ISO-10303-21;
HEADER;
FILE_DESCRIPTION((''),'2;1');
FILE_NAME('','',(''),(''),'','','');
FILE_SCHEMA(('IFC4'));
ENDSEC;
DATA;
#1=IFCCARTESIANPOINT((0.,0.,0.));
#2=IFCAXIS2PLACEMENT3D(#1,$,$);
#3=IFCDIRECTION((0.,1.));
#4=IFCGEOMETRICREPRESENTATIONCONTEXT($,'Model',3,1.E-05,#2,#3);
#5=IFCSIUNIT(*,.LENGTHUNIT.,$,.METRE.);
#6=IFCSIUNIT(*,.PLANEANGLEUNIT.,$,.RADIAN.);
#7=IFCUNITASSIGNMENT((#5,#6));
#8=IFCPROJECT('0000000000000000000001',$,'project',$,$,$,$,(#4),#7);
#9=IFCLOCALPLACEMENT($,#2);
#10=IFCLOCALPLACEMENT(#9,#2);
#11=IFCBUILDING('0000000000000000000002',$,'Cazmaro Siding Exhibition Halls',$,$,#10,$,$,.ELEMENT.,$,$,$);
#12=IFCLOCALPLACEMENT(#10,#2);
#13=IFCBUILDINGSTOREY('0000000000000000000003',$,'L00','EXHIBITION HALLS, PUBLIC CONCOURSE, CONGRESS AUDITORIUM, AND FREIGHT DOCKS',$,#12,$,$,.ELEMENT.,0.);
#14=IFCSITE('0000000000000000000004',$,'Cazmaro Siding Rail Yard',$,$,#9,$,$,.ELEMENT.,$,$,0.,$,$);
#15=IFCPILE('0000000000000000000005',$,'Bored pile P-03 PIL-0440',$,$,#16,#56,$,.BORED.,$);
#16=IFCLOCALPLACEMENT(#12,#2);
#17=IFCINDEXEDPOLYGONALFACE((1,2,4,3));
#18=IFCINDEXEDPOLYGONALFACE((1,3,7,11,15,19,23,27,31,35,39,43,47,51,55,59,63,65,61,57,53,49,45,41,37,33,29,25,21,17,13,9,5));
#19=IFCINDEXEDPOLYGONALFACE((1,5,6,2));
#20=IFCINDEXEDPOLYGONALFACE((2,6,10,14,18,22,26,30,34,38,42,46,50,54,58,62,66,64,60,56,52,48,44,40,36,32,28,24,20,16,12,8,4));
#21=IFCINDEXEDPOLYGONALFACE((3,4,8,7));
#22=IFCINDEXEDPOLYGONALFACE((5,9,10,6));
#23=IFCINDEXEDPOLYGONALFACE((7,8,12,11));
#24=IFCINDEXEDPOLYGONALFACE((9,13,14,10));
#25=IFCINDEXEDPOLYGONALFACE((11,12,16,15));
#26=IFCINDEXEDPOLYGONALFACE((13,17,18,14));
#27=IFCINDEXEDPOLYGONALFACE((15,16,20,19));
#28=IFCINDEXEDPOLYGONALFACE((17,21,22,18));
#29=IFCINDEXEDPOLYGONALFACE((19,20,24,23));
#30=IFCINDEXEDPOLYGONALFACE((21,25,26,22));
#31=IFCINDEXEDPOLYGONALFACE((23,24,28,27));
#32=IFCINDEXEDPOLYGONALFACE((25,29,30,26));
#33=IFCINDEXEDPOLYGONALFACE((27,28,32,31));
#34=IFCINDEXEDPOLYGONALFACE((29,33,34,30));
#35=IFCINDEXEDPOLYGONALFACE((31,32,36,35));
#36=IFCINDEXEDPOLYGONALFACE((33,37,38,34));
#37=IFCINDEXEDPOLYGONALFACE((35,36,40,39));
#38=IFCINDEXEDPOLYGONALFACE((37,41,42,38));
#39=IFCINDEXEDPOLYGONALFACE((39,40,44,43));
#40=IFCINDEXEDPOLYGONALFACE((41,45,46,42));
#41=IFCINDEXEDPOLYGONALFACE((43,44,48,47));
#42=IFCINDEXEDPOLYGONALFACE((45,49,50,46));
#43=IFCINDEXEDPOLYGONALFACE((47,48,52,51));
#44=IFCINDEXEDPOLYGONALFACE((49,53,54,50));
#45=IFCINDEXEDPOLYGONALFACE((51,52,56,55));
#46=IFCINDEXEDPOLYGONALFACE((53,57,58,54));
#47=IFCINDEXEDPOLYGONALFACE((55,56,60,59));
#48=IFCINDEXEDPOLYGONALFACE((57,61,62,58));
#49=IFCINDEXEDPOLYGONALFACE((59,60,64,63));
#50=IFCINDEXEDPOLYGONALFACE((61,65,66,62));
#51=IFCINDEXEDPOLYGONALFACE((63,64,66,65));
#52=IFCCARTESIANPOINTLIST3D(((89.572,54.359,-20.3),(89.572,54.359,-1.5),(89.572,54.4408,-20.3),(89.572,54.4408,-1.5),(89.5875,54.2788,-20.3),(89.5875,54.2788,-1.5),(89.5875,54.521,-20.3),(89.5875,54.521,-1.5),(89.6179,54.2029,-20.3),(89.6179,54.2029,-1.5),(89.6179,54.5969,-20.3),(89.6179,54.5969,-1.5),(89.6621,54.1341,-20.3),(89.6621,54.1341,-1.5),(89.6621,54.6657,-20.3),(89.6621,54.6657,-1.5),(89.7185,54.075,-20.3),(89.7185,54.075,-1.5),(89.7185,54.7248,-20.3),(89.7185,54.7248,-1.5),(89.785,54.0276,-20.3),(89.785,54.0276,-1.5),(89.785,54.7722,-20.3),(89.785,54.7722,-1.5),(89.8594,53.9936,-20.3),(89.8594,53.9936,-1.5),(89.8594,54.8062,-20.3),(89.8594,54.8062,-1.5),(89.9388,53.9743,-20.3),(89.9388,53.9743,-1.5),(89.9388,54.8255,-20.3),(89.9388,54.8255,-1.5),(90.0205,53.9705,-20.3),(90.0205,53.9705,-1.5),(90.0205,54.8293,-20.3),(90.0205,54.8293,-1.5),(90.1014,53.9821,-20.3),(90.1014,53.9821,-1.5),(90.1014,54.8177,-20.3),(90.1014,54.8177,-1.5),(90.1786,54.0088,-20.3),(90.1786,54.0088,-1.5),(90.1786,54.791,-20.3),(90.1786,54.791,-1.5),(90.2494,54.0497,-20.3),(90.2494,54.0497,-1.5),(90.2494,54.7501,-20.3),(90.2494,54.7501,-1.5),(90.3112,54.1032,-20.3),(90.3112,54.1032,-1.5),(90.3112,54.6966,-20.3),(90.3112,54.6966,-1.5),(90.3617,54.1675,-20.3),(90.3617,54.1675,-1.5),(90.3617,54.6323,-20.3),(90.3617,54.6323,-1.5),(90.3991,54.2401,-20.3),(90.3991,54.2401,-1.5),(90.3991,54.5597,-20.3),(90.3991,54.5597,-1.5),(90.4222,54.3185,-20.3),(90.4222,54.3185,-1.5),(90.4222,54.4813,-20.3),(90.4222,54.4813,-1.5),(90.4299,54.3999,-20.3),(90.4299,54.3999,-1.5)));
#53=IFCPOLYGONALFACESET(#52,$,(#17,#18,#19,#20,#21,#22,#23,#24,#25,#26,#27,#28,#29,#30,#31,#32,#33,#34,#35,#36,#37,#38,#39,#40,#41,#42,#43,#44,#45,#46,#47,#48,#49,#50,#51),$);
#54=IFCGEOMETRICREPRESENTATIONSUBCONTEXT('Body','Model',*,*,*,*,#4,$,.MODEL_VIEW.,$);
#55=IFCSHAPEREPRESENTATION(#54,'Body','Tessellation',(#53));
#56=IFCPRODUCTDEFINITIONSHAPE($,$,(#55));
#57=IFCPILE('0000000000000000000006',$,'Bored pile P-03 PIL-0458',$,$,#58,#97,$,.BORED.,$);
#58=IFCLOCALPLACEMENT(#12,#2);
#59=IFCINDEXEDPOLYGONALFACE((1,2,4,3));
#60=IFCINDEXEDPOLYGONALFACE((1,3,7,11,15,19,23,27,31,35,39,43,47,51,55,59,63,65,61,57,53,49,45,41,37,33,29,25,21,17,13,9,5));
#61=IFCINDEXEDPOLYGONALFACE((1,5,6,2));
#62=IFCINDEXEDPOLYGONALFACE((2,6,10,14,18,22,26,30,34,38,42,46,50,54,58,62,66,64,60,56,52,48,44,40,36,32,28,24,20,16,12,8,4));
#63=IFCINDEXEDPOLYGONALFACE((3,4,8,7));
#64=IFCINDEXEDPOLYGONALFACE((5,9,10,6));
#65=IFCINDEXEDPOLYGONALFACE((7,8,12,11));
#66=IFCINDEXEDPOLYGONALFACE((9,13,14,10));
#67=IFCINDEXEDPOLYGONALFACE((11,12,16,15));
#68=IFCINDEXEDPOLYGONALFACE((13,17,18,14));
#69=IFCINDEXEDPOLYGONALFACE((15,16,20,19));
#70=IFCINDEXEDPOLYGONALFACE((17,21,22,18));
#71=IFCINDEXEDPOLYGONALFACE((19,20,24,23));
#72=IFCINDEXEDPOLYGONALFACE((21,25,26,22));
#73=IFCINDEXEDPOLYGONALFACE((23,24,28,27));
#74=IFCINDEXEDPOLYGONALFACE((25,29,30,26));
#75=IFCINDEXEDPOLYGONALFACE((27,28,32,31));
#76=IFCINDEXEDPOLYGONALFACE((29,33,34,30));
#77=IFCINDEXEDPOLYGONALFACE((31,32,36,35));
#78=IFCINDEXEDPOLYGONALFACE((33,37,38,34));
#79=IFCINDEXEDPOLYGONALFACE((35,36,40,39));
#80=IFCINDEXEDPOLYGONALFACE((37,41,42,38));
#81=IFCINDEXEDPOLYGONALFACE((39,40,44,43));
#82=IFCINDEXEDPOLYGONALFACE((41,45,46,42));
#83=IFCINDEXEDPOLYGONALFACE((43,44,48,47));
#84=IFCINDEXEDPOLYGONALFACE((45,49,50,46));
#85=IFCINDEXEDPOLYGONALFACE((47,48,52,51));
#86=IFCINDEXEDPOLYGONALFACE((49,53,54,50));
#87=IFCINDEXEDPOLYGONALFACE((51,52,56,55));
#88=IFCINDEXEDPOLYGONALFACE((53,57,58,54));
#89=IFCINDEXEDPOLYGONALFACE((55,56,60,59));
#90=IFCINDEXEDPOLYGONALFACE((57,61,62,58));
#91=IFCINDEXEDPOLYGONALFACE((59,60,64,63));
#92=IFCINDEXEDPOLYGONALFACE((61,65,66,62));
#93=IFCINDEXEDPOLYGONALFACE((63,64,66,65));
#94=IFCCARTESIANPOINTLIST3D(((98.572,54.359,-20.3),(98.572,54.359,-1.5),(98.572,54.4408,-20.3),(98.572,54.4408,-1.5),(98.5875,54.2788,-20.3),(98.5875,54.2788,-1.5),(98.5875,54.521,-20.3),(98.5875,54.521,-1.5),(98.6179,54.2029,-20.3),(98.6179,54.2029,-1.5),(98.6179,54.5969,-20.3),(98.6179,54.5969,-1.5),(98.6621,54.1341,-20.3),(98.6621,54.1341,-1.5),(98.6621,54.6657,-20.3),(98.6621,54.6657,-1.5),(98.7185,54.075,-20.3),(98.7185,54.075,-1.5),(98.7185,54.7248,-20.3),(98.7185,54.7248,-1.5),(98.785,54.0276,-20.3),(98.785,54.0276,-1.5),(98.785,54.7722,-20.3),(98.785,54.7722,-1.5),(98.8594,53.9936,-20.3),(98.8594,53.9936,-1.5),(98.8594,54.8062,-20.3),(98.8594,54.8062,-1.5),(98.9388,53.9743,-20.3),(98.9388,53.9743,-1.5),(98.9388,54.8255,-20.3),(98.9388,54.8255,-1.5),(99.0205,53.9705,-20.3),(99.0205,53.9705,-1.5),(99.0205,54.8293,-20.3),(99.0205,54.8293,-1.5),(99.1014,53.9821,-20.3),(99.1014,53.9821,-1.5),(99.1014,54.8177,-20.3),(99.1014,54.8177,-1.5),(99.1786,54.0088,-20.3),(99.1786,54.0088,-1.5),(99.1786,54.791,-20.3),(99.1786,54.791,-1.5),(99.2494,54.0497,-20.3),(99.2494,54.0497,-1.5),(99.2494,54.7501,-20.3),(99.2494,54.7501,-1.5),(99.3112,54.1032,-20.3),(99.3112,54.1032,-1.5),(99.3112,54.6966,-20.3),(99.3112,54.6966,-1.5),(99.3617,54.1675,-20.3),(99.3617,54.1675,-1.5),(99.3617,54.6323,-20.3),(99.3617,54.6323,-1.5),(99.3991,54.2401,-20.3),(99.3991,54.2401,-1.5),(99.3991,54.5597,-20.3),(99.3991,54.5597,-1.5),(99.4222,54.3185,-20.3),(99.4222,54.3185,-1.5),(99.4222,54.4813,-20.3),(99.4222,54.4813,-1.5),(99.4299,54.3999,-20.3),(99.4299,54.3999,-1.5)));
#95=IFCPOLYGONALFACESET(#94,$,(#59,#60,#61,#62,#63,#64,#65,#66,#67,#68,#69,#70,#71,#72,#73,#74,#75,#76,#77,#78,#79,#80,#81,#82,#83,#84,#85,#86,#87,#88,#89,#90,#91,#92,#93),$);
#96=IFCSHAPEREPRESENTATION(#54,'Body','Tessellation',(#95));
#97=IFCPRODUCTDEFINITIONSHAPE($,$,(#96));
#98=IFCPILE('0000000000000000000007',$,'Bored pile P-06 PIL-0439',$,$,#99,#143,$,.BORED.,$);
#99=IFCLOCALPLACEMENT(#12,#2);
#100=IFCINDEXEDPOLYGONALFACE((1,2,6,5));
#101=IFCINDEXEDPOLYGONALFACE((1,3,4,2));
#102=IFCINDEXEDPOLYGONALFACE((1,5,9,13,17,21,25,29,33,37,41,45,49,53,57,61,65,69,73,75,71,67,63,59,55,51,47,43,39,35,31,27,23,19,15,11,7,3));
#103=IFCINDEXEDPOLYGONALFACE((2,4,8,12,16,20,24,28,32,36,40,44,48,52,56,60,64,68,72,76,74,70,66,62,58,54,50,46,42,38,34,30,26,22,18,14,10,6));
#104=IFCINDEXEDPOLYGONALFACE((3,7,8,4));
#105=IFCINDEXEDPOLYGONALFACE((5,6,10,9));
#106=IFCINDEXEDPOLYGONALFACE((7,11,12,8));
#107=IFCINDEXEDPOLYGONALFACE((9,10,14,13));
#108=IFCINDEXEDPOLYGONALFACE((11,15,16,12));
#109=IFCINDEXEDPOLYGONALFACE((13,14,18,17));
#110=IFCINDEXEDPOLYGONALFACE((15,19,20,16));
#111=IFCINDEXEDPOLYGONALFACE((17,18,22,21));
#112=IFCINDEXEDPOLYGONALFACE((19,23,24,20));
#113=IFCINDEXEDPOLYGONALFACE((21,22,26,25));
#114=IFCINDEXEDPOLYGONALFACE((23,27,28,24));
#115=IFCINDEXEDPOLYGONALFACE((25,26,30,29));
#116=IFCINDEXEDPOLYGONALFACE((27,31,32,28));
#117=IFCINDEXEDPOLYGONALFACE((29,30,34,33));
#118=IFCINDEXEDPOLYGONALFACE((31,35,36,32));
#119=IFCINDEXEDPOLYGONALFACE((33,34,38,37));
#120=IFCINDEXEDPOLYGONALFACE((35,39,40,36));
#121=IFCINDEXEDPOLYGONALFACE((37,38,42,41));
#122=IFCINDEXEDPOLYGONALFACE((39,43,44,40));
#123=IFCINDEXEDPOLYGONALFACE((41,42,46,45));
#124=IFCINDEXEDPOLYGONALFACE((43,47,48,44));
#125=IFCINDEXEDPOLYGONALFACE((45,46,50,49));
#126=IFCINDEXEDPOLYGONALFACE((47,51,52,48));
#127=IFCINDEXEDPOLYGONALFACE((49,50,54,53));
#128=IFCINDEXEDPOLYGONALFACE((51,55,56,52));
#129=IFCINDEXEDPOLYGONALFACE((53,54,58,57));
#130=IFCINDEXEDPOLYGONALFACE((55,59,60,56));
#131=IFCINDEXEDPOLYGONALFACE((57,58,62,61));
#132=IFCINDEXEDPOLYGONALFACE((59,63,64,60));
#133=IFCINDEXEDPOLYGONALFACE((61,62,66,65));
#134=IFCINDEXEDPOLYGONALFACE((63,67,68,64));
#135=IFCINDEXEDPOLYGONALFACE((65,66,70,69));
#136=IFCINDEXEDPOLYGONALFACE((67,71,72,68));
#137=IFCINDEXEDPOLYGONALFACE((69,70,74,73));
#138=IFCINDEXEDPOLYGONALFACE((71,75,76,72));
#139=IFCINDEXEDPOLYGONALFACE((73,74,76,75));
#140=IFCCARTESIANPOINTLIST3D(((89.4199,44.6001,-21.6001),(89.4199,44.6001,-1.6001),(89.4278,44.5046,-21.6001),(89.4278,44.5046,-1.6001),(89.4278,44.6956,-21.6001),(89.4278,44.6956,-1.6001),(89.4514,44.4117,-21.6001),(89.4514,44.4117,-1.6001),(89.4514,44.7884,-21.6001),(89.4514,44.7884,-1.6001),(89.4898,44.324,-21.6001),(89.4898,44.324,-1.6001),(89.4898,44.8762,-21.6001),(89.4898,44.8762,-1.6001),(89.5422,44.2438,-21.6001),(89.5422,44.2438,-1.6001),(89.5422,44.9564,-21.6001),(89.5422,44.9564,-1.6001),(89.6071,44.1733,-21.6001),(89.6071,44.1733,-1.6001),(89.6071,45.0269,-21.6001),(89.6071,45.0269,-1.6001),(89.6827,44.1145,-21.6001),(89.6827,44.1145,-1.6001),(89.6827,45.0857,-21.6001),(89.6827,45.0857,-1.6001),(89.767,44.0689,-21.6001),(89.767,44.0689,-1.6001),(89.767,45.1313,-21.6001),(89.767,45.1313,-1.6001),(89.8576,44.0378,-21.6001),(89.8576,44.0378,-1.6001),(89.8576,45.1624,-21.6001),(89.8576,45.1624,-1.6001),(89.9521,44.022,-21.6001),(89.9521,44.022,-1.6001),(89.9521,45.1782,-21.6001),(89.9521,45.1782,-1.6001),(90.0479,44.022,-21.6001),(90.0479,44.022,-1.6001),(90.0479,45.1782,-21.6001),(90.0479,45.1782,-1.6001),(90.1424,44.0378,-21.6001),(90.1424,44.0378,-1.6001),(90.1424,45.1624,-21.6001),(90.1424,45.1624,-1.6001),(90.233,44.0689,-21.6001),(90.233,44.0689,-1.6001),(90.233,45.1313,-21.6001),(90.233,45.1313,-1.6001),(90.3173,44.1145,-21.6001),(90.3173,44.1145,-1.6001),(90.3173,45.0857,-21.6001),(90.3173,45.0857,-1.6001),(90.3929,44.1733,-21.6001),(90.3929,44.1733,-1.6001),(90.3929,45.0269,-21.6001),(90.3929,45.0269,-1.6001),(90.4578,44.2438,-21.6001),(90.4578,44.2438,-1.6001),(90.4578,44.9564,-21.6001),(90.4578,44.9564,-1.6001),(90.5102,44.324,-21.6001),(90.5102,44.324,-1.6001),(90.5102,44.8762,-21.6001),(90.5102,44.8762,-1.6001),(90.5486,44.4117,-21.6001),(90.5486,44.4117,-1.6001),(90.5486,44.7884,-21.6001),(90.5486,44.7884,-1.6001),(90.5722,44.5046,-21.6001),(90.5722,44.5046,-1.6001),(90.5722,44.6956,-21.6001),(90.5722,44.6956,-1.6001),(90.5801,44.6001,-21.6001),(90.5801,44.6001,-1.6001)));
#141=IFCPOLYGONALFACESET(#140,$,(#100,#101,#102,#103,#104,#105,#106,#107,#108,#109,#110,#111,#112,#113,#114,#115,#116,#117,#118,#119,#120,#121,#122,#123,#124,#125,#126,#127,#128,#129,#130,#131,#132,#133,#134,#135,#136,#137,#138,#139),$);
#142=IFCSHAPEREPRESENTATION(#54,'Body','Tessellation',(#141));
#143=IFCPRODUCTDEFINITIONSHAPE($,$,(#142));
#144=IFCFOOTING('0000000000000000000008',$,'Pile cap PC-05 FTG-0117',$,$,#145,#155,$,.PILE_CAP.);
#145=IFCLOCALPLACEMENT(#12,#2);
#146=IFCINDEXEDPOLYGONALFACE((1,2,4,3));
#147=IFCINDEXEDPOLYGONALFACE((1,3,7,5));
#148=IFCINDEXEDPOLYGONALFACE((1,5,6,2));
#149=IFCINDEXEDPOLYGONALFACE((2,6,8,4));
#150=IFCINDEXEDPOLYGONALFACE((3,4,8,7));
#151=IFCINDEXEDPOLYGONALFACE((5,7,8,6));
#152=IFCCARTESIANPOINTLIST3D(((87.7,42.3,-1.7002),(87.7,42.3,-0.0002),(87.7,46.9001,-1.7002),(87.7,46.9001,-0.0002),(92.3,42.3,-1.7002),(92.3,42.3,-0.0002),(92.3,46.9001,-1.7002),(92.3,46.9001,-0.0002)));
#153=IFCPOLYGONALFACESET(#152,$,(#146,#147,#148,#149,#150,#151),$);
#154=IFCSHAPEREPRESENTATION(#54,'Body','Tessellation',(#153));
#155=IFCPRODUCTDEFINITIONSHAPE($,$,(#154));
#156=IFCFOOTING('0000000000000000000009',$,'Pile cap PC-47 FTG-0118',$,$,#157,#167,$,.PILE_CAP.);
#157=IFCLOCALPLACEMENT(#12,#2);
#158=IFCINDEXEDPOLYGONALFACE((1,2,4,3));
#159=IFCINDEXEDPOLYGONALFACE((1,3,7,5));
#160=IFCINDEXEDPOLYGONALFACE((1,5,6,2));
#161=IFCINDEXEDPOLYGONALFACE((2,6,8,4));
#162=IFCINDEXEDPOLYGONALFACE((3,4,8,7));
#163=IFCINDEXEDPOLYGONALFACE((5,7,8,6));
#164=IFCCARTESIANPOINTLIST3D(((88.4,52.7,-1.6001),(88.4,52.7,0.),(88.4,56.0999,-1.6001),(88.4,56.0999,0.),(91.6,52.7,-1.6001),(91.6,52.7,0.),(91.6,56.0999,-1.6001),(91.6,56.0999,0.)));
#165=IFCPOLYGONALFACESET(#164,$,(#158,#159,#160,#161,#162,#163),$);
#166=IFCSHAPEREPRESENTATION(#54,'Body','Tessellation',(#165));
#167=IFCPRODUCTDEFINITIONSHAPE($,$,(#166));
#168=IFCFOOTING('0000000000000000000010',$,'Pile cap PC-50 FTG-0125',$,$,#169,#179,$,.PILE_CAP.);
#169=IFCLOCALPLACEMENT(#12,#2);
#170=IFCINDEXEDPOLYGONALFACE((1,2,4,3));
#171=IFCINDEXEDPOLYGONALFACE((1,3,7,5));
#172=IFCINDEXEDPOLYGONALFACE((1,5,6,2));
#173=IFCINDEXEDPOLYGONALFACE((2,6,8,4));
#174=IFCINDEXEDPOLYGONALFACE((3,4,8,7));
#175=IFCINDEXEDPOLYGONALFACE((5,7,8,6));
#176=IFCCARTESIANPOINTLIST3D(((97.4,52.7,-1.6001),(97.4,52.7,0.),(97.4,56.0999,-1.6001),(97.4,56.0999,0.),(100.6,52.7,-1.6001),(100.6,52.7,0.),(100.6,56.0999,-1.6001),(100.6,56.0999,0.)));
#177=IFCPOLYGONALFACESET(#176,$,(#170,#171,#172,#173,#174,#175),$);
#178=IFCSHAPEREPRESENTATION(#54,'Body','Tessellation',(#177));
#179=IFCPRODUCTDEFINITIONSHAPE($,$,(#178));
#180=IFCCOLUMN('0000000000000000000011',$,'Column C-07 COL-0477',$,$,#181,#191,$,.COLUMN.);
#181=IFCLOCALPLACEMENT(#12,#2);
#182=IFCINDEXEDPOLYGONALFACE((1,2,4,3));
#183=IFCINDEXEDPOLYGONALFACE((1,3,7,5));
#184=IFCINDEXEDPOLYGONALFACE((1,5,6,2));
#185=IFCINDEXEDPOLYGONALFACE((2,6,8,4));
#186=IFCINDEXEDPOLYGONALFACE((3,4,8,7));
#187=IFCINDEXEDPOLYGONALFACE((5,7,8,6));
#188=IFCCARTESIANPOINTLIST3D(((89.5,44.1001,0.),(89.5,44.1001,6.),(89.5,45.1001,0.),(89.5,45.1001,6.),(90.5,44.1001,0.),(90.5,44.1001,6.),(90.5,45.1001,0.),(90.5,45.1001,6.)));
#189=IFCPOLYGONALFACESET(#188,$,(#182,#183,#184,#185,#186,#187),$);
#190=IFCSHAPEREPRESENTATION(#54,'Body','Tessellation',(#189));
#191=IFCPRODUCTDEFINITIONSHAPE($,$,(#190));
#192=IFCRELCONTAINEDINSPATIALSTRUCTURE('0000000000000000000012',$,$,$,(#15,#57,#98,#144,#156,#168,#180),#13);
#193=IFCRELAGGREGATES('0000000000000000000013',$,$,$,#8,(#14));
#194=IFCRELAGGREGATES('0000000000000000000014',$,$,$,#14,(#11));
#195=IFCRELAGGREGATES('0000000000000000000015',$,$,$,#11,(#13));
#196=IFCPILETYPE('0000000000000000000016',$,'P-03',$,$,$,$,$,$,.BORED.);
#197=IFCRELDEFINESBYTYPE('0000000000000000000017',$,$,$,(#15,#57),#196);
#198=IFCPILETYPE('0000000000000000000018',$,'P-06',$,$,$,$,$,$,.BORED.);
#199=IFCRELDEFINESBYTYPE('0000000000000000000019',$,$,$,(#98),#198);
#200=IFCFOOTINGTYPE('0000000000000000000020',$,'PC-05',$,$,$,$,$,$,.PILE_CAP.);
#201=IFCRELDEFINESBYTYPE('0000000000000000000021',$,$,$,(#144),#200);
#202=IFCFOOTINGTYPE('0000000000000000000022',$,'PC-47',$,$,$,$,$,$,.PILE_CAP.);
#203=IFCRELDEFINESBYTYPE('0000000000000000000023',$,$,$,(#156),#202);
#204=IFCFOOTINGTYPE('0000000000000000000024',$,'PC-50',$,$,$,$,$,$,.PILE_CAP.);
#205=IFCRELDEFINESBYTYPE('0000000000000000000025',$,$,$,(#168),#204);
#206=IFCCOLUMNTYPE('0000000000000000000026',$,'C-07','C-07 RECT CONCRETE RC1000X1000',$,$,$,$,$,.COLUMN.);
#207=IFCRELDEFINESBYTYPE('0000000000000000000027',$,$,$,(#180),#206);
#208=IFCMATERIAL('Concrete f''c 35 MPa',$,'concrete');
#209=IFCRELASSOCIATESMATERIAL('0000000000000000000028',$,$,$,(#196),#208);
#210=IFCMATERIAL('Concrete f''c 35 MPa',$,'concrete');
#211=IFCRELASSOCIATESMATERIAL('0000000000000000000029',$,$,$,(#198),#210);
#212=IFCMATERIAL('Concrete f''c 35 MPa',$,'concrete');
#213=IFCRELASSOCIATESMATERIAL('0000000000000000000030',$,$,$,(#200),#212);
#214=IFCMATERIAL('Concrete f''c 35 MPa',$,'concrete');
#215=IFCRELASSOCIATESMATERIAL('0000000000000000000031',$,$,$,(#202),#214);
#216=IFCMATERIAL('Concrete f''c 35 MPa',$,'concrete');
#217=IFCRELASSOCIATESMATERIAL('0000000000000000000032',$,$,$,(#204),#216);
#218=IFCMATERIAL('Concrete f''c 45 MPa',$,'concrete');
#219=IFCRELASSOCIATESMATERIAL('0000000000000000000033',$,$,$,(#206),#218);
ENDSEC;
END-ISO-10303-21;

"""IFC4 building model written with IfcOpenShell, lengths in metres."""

from ifc_helpers import new_model, si_unit, direction, frame, origin, origin_2d, place, context, subcontext, project, spatial, rectangle, circle, extrude, material, material_profile, profile_set, type_object, element, save


model = new_model("IFC4")

# Units and contexts
model_context = context("Model", 3, precision=1e-05, world=origin(), true_north=direction((0.0, 1.0)))
body_context = subcontext(model_context, "Body", "Model", "MODEL_VIEW")
ifc_project = project(units=[si_unit("LENGTHUNIT", "METRE"), si_unit("PLANEANGLEUNIT", "RADIAN")], contexts=[model_context])

# Site, building, storey
site_placement = place(None, origin())
site = spatial("IfcSite", under=ifc_project, at=site_placement, Name="Cazmaro Siding Rail Yard", CompositionType="ELEMENT", RefElevation=0.0)
building_placement = place(site_placement, origin())
building = spatial("IfcBuilding", under=site, at=building_placement, Name="Cazmaro Siding Exhibition Halls", CompositionType="ELEMENT")
storey_placement = place(building_placement, origin())
storey = spatial("IfcBuildingStorey", under=building, at=storey_placement, Name="L00", Description="EXHIBITION HALLS, PUBLIC CONCOURSE, CONGRESS AUDITORIUM, AND FREIGHT DOCKS", CompositionType="ELEMENT", Elevation=0.0)

# Piles
ifc_material_1 = material(Name="Concrete f'c 35 MPa", Category="concrete")
ifc_material_profile_1 = material_profile(ifc_material_1, circle(Radius=0.4299, at=origin_2d()), Name="CIDH-860")
ifc_profile_set_1 = profile_set([ifc_material_profile_1], Name="Concrete f'c 35 MPa")
pile_type_1 = type_object("IfcPileType", Name="P-03", PredefinedType="BORED", material=ifc_profile_set_1)
for number, where, z_axis, x_axis, name in (
    (1, (90.0, 54.3999, -1.5), (0.0, 0.0, -1.0), (1.0, 0.0, 0.0), "Bored pile P-03 PIL-0440"),
    (2, (99.0, 54.3999, -1.5), (0.0, 0.0, -1.0), (1.0, 0.0, 0.0), "Bored pile P-03 PIL-0458"),
):
    element("IfcPile", number, at=place(storey_placement, frame(where, z_axis=z_axis, x_axis=x_axis)), inside=storey, type_object=pile_type_1, Name=name, PredefinedType="BORED", context=body_context, shape_type="SweptSolid", body=[
        extrude(circle(Radius=0.4299, at=origin_2d()), origin(), (0.0, 0.0, 1.0), 18.8),
    ])
ifc_material_2 = material(Name="Concrete f'c 35 MPa", Category="concrete")
ifc_material_profile_2 = material_profile(ifc_material_2, circle(Radius=0.5801, at=origin_2d()), Name="CIDH-1160")
ifc_profile_set_2 = profile_set([ifc_material_profile_2], Name="Concrete f'c 35 MPa")
pile_type_2 = type_object("IfcPileType", Name="P-06", PredefinedType="BORED", material=ifc_profile_set_2)
pile_placement = place(storey_placement, frame((90.0, 44.6001, -1.6001), z_axis=(0.0, 0.0, -1.0), x_axis=(1.0, 0.0, 0.0)))
element("IfcPile", 3, at=pile_placement, inside=storey, type_object=pile_type_2, Name="Bored pile P-06 PIL-0439", PredefinedType="BORED", context=body_context, shape_type="SweptSolid", body=[
    extrude(circle(Radius=0.5801, at=origin_2d()), origin(), (0.0, 0.0, 1.0), 20.0),
])

# Footings
ifc_material_3 = material(Name="Concrete f'c 35 MPa", Category="concrete")
footing_type_1 = type_object("IfcFootingType", Name="PC-05", PredefinedType="PILE_CAP", material=ifc_material_3)
footing_1_placement = place(storey_placement, frame((90.0, 44.6001, -1.7002), z_axis=(0.0, 0.0, 1.0), x_axis=(1.0, 0.0, 0.0)))
element("IfcFooting", 4, at=footing_1_placement, inside=storey, type_object=footing_type_1, Name="Pile cap PC-05 FTG-0117", PredefinedType="PILE_CAP", context=body_context, shape_type="SweptSolid", body=[
    extrude(rectangle(XDim=4.6001, YDim=4.6001, at=origin_2d()), origin(), (0.0, 0.0, 1.0), 1.7),
])
ifc_material_4 = material(Name="Concrete f'c 35 MPa", Category="concrete")
footing_type_2 = type_object("IfcFootingType", Name="PC-47", PredefinedType="PILE_CAP", material=ifc_material_4)
footing_2_placement = place(storey_placement, frame((90.0, 54.3999, -1.6001), z_axis=(0.0, 0.0, 1.0), x_axis=(1.0, 0.0, 0.0)))
element("IfcFooting", 5, at=footing_2_placement, inside=storey, type_object=footing_type_2, Name="Pile cap PC-47 FTG-0118", PredefinedType="PILE_CAP", context=body_context, shape_type="SweptSolid", body=[
    extrude(rectangle(XDim=3.2, YDim=3.3999, at=origin_2d()), origin(), (0.0, 0.0, 1.0), 1.6001),
])
ifc_material_5 = material(Name="Concrete f'c 35 MPa", Category="concrete")
footing_type_3 = type_object("IfcFootingType", Name="PC-50", PredefinedType="PILE_CAP", material=ifc_material_5)
footing_3_placement = place(storey_placement, frame((99.0, 54.3999, -1.6001), z_axis=(0.0, 0.0, 1.0), x_axis=(1.0, 0.0, 0.0)))
element("IfcFooting", 6, at=footing_3_placement, inside=storey, type_object=footing_type_3, Name="Pile cap PC-50 FTG-0125", PredefinedType="PILE_CAP", context=body_context, shape_type="SweptSolid", body=[
    extrude(rectangle(XDim=3.2, YDim=3.3999, at=origin_2d()), origin(), (0.0, 0.0, 1.0), 1.6001),
])

# Column
ifc_material_6 = material(Name="Concrete f'c 45 MPa", Category="concrete")
ifc_material_profile_3 = material_profile(ifc_material_6, rectangle(XDim=1.0, YDim=1.0, at=origin_2d()), Name="RC1000X1000")
ifc_profile_set_3 = profile_set([ifc_material_profile_3], Name="Concrete f'c 45 MPa")
column_type_1 = type_object("IfcColumnType", Name="C-07", Description="C-07 RECT CONCRETE RC1000X1000", PredefinedType="COLUMN", material=ifc_profile_set_3)
for number, where, z_axis, x_axis, name in (
    (7, (90.0, 44.6001, 0.0), (0.0, 0.0, 1.0), (1.0, 0.0, 0.0), "Column C-07 COL-0477"),
):
    element("IfcColumn", number, at=place(storey_placement, frame(where, z_axis=z_axis, x_axis=x_axis)), inside=storey, type_object=column_type_1, Name=name, PredefinedType="COLUMN", context=body_context, shape_type="SweptSolid", body=[
        extrude(rectangle(XDim=1.0, YDim=1.0, at=origin_2d()), origin(), (0.0, 0.0, 1.0), 6.0),
    ])

save(model, "model.ifc")
